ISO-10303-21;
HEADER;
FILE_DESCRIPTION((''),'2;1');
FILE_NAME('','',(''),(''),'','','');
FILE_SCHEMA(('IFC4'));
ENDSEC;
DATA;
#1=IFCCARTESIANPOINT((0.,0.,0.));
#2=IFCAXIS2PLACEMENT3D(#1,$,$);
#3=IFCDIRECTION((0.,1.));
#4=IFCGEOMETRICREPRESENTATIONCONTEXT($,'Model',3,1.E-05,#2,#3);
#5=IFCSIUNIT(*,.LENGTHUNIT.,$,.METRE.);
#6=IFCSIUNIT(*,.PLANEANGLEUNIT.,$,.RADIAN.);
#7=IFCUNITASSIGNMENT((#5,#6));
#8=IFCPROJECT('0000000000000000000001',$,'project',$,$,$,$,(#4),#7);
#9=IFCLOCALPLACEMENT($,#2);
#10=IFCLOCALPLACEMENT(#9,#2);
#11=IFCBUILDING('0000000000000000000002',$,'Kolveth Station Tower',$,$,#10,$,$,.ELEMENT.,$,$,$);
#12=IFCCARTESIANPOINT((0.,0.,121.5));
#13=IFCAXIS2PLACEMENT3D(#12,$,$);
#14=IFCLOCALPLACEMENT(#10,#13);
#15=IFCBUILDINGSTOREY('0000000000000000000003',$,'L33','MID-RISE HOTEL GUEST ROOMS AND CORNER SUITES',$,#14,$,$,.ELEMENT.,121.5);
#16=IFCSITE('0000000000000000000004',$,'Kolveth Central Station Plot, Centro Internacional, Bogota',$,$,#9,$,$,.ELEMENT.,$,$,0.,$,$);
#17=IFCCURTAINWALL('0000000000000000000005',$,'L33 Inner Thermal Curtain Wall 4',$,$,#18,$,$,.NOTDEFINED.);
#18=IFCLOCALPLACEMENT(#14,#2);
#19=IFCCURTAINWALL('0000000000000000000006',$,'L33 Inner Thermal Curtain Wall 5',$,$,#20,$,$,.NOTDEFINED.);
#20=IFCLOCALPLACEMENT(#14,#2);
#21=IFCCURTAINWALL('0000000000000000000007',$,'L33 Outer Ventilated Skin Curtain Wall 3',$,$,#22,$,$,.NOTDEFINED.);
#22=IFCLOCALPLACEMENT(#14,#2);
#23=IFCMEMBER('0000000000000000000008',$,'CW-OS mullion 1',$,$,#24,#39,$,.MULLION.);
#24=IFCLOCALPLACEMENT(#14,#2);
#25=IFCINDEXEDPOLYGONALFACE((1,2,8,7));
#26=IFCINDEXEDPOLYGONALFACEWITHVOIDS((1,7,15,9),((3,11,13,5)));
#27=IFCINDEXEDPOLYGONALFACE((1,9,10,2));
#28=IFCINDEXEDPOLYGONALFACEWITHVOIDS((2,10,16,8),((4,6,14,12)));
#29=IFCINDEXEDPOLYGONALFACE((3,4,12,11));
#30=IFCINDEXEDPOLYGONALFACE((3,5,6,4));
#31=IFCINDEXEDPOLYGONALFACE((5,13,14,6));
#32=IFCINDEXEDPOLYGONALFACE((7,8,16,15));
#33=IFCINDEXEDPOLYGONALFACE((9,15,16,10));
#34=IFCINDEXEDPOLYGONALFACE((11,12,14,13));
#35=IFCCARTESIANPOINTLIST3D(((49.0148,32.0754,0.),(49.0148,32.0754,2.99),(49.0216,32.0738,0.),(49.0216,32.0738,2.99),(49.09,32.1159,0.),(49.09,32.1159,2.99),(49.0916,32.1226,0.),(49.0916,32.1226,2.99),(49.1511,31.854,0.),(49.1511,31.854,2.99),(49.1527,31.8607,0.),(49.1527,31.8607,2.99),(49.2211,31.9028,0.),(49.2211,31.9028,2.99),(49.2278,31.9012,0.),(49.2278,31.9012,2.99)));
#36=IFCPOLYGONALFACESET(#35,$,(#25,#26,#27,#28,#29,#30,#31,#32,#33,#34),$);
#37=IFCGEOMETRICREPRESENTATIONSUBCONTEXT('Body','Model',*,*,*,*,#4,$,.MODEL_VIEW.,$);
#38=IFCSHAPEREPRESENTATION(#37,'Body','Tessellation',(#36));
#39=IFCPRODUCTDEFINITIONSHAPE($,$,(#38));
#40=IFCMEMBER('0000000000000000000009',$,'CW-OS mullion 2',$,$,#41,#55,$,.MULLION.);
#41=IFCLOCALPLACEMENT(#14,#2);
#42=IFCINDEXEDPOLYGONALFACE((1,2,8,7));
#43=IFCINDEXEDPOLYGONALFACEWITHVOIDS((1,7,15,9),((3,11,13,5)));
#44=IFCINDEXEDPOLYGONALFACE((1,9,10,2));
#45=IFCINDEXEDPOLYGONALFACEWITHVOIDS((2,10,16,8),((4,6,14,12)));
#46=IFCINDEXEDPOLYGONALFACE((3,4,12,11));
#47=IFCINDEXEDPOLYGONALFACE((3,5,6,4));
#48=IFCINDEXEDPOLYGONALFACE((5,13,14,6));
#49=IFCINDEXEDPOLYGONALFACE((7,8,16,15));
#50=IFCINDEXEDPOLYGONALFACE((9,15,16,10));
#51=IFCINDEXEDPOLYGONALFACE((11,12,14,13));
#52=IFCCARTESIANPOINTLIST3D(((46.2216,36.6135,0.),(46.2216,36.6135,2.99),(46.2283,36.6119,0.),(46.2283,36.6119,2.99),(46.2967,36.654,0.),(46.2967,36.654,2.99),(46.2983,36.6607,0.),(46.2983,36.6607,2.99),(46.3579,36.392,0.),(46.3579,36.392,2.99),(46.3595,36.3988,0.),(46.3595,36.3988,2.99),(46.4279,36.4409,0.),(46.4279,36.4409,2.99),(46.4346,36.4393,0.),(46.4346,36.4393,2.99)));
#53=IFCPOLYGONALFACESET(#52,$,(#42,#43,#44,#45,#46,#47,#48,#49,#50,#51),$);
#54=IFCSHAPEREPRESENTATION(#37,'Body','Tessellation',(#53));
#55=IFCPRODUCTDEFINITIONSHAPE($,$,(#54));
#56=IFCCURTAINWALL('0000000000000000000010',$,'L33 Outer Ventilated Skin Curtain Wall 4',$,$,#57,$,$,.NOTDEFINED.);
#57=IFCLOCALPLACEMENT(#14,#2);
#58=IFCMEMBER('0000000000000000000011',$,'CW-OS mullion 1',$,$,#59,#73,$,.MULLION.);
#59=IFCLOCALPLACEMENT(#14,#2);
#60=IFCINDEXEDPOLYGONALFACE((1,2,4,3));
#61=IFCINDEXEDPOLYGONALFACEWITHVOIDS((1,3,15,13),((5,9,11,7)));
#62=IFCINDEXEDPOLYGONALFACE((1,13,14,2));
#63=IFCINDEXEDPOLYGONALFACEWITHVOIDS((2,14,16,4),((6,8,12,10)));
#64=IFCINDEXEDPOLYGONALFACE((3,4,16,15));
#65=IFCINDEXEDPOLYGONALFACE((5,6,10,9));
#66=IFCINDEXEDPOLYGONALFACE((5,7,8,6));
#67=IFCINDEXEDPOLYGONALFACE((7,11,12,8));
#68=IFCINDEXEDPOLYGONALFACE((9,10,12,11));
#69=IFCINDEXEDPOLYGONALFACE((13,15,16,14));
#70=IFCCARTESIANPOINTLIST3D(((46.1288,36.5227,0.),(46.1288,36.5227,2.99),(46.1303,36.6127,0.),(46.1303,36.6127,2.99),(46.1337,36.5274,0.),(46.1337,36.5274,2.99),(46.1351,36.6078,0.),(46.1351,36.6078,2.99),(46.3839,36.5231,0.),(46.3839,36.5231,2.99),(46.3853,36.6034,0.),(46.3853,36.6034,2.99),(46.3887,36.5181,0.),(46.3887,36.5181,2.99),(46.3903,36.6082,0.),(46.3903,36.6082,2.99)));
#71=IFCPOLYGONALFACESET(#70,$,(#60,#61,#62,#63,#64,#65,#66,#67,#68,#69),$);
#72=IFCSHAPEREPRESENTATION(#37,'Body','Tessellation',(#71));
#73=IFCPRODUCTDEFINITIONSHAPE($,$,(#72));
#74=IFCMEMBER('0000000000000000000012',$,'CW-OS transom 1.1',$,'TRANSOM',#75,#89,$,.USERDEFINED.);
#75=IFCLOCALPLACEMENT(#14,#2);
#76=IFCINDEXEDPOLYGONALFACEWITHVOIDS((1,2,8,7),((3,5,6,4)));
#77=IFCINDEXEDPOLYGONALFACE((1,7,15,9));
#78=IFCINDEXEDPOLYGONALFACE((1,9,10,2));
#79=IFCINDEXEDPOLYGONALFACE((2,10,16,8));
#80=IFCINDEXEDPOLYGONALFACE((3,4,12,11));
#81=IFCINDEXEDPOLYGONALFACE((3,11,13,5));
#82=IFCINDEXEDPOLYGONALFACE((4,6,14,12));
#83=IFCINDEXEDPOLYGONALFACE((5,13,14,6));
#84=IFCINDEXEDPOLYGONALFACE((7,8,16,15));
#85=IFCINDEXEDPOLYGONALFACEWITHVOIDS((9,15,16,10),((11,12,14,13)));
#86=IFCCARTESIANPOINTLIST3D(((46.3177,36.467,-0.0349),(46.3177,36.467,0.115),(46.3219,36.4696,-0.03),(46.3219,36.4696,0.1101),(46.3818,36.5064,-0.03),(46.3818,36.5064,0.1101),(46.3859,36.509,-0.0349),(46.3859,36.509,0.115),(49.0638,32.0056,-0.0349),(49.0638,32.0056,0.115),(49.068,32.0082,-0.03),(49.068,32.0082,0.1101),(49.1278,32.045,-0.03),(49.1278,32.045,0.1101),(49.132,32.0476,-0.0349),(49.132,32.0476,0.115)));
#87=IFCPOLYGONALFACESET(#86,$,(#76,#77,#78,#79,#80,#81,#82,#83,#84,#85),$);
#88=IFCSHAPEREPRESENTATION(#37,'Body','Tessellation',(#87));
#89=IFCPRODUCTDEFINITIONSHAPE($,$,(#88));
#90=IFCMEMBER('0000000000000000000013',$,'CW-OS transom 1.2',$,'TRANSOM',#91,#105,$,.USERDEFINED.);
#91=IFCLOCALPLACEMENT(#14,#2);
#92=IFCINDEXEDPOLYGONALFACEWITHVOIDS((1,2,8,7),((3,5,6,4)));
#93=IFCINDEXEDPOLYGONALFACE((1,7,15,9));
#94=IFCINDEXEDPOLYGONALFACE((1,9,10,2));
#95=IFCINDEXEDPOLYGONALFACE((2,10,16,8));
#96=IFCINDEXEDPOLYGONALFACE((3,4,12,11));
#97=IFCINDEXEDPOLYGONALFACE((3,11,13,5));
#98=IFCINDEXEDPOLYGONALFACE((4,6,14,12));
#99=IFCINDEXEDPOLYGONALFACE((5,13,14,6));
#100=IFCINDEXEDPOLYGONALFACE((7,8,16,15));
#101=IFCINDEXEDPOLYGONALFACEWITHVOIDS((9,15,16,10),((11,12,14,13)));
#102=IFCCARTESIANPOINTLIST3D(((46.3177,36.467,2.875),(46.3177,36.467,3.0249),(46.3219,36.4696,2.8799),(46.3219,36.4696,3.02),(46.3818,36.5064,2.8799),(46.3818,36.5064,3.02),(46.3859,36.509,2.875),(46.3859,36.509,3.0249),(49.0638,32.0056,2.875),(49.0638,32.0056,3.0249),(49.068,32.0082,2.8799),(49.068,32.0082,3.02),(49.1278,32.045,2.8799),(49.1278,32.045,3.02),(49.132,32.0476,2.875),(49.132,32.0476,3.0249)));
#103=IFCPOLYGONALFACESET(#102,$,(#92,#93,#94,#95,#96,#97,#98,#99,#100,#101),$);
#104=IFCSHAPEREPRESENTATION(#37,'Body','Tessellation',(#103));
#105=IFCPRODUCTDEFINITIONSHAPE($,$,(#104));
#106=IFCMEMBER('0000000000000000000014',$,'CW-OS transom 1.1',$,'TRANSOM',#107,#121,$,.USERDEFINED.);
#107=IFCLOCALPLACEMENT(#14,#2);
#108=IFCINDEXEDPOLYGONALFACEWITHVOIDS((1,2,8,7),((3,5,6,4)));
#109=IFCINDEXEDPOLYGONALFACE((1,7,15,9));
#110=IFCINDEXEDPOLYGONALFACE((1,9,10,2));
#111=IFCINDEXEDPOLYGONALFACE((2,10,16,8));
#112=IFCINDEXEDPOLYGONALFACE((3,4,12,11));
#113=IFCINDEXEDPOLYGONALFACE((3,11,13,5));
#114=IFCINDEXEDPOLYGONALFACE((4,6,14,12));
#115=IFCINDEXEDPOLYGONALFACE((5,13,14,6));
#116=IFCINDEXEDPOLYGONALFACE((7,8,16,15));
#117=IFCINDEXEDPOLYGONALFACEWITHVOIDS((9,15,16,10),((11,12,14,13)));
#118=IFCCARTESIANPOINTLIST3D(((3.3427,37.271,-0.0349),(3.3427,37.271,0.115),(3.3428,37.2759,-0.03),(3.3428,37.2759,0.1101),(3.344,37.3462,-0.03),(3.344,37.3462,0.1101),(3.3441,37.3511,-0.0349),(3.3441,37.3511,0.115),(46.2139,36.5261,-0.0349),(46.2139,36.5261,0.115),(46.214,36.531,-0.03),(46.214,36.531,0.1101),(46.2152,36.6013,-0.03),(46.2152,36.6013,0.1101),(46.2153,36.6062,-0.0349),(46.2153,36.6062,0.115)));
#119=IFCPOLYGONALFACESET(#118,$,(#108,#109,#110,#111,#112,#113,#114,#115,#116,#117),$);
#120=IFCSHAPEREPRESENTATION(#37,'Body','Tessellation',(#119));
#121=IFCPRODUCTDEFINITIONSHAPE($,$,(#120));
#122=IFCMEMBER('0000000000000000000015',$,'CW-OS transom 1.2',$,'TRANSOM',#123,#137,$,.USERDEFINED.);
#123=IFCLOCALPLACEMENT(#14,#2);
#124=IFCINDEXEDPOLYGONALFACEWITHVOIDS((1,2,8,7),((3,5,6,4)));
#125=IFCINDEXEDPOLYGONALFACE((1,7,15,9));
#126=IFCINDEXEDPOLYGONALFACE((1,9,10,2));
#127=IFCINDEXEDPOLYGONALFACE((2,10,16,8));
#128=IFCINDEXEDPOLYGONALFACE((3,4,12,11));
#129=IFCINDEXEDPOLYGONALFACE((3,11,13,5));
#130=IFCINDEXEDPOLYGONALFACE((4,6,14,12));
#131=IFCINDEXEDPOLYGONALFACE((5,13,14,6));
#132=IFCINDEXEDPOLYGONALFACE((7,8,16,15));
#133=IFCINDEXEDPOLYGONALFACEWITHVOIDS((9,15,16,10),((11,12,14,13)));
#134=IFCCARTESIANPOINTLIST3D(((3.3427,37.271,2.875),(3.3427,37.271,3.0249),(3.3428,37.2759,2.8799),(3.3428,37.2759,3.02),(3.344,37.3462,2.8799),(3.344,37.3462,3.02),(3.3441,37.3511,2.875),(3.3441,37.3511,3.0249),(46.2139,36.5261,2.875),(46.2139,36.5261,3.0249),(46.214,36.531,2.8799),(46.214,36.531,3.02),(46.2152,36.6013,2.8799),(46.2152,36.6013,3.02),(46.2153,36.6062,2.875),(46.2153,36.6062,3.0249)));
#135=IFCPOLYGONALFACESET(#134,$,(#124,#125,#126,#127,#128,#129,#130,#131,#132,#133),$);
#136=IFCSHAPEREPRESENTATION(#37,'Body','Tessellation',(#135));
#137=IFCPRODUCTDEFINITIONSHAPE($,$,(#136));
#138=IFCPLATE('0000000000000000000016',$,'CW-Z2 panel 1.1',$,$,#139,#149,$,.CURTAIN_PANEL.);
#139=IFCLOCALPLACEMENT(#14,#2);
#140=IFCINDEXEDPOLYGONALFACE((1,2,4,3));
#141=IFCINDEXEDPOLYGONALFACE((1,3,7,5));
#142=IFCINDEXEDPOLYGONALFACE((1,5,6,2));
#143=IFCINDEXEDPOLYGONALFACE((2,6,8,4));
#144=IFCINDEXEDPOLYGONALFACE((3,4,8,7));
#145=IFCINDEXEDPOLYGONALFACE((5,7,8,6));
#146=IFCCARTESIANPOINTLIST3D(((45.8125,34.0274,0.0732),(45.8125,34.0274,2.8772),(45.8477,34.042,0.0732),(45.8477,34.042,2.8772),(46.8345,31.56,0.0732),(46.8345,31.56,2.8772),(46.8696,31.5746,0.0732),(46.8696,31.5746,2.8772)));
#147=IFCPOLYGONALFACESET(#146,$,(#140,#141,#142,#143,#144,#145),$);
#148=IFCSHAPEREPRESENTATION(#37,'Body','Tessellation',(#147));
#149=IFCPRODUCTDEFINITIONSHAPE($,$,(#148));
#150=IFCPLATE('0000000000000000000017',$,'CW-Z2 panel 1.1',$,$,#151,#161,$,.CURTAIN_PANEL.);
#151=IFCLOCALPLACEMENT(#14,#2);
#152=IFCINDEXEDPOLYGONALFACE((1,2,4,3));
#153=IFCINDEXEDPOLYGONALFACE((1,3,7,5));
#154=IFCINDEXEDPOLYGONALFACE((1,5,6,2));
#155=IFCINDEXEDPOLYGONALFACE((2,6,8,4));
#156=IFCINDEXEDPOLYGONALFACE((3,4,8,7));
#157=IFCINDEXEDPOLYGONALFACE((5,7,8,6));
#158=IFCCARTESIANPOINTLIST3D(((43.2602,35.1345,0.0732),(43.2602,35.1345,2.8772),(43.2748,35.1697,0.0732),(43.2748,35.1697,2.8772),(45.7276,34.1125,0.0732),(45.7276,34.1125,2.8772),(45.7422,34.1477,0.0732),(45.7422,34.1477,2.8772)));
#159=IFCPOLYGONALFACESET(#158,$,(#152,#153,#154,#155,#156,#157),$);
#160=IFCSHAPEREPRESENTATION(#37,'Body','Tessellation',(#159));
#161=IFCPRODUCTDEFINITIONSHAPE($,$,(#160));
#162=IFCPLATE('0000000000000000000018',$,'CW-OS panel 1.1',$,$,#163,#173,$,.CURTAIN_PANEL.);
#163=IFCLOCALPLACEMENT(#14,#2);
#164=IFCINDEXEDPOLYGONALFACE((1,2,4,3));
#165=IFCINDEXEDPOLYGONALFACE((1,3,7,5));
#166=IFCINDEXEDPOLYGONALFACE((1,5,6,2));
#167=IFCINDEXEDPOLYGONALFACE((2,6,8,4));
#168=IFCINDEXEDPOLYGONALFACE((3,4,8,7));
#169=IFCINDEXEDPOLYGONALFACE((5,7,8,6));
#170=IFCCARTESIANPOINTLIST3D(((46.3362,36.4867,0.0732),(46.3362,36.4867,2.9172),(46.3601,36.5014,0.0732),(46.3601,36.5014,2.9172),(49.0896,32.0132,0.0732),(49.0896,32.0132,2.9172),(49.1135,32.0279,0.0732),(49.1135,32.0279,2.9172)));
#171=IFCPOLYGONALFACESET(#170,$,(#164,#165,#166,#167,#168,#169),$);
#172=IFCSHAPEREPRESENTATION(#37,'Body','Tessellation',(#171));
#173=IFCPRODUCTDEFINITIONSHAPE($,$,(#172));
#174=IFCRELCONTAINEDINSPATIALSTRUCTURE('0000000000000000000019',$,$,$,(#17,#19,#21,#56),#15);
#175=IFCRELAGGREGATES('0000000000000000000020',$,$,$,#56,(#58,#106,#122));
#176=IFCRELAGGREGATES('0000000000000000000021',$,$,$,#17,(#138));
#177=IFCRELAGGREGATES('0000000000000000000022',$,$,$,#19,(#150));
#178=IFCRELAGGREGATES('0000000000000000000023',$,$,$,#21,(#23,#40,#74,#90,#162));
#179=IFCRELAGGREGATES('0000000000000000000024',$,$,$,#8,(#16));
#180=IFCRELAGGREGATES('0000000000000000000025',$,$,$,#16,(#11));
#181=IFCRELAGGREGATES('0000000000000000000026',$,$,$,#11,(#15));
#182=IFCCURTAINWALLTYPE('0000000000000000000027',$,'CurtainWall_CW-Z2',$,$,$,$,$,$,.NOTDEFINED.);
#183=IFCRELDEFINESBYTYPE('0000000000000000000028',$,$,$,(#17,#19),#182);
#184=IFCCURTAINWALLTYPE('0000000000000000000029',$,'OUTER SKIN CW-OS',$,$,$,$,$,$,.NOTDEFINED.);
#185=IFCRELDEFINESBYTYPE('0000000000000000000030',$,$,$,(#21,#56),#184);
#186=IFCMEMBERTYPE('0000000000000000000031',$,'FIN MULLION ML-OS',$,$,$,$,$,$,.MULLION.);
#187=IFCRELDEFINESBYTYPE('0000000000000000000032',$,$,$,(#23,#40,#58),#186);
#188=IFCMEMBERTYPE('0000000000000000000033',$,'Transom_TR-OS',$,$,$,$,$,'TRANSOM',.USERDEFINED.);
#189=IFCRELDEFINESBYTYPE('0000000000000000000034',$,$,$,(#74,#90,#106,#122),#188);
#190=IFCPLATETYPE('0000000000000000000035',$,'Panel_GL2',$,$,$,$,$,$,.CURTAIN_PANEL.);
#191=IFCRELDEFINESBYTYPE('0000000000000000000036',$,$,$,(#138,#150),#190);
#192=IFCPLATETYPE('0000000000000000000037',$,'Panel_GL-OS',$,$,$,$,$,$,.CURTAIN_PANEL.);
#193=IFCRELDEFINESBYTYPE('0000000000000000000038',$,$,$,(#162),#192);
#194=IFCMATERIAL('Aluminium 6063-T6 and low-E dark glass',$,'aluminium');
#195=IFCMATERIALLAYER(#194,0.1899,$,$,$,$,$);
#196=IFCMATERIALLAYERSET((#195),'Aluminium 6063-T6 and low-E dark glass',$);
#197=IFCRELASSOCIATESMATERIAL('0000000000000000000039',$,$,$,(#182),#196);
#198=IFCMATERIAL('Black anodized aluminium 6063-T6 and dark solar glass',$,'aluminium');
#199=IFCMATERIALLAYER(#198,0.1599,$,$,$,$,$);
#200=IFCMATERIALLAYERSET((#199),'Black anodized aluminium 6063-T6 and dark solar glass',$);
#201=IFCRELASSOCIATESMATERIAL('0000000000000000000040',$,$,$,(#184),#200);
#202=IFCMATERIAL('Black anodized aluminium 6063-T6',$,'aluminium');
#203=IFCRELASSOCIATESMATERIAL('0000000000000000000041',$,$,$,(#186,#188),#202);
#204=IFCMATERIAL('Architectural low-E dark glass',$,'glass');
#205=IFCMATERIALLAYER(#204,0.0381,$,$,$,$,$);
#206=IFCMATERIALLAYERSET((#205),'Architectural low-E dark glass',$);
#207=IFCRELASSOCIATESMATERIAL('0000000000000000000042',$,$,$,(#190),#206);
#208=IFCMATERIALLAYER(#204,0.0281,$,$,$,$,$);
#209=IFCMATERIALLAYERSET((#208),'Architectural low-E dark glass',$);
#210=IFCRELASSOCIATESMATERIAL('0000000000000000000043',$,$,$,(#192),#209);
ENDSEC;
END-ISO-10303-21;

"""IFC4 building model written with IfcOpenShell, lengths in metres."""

from ifc_helpers import new_model, si_unit, direction, frame, origin, origin_2d, place, context, subcontext, project, spatial, rectangle, hollow_rectangle, extrude, source, transform, mapped, material, layer, layer_set, material_profile, profile_set, type_object, element, aggregate, save


model = new_model("IFC4")

# Units and contexts
model_context = context("Model", 3, precision=1e-05, world=origin(), true_north=direction((0.0, 1.0)))
body_context = subcontext(model_context, "Body", "Model", "MODEL_VIEW")
ifc_project = project(units=[si_unit("LENGTHUNIT", "METRE"), si_unit("PLANEANGLEUNIT", "RADIAN")], contexts=[model_context])

# Site, building, storey
site_placement = place(None, origin())
site = spatial("IfcSite", under=ifc_project, at=site_placement, Name="Kolveth Central Station Plot, Centro Internacional, Bogota", CompositionType="ELEMENT", RefElevation=0.0)
building_placement = place(site_placement, origin())
building = spatial("IfcBuilding", under=site, at=building_placement, Name="Kolveth Station Tower", CompositionType="ELEMENT")
storey_placement = place(building_placement, frame((0.0, 0.0, 121.5)))
storey = spatial("IfcBuildingStorey", under=building, at=storey_placement, Name="L33", Description="MID-RISE HOTEL GUEST ROOMS AND CORNER SUITES", CompositionType="ELEMENT", Elevation=121.5)

# Curtain wall
ifc_material_1 = material(Name="Aluminium 6063-T6 and low-E dark glass", Category="aluminium")
ifc_layer_1 = layer(ifc_material_1, 0.1899)
ifc_layer_set_1 = layer_set([ifc_layer_1], Name="Aluminium 6063-T6 and low-E dark glass")
curtain_wall_type_1 = type_object("IfcCurtainWallType", Name="CurtainWall_CW-Z2", PredefinedType="NOTDEFINED", material=ifc_layer_set_1)
curtain_wall_1_placement = place(storey_placement, origin())
curtain_wall_1 = element("IfcCurtainWall", 1, at=curtain_wall_1_placement, inside=storey, type_object=curtain_wall_type_1, Name="L33 Inner Thermal Curtain Wall 4", PredefinedType="NOTDEFINED")
ifc_material_2 = material(Name="Black anodized aluminium 6063-T6", Category="aluminium")

# Curtain wall
curtain_wall_2_placement = place(storey_placement, origin())
curtain_wall_2 = element("IfcCurtainWall", 2, at=curtain_wall_2_placement, inside=storey, type_object=curtain_wall_type_1, Name="L33 Inner Thermal Curtain Wall 5", PredefinedType="NOTDEFINED")

# Shared definitions
ifc_material_3 = material(Name="Black anodized aluminium 6063-T6 and dark solar glass", Category="aluminium")
ifc_layer_2 = layer(ifc_material_3, 0.1599)
ifc_layer_set_2 = layer_set([ifc_layer_2], Name="Black anodized aluminium 6063-T6 and dark solar glass")
curtain_wall_type_2 = type_object("IfcCurtainWallType", Name="OUTER SKIN CW-OS", PredefinedType="NOTDEFINED", material=ifc_layer_set_2)
ifc_material_profile_1 = material_profile(ifc_material_2, hollow_rectangle(XDim=0.0901, YDim=0.26, WallThickness=0.0049, at=origin_2d()), Name="ALU-90x260x5")
ifc_profile_set_1 = profile_set([ifc_material_profile_1], Name="Black anodized aluminium 6063-T6")
member_type_1 = type_object("IfcMemberType", Name="FIN MULLION ML-OS", PredefinedType="MULLION", material=ifc_profile_set_1)
shared_shape_1 = source(origin(), body_context, "Body", "SweptSolid", [
    extrude(hollow_rectangle(XDim=0.0901, YDim=0.26, WallThickness=0.0049, at=origin_2d()), origin(), (0.0, 0.0, 1.0), 2.99),
])

# Curtain wall, members
curtain_wall_3_placement = place(storey_placement, origin())
curtain_wall_3 = element("IfcCurtainWall", 3, at=curtain_wall_3_placement, inside=storey, type_object=curtain_wall_type_2, Name="L33 Outer Ventilated Skin Curtain Wall 3", PredefinedType="NOTDEFINED")
member_1_placement = place(storey_placement, frame((49.1213, 31.9883, 0.0), z_axis=(0.0, 0.0, 1.0), x_axis=(-0.851615, -0.524167, 0.0)))
member_1 = element("IfcMember", 4, at=member_1_placement, type_object=member_type_1, Name="CW-OS mullion 1", PredefinedType="MULLION", context=body_context, shape_type="MappedRepresentation", body=[
    mapped(shared_shape_1, transform((0.0, 0.0, 0.0), x_axis=(1.0, 0.0, 0.0), y_axis=(0.0, 1.0, 0.0), z_axis=(0.0, 0.0, 1.0), scale=1.0)),
])
member_2_placement = place(storey_placement, frame((46.3281, 36.5264, 0.0), z_axis=(0.0, 0.0, 1.0), x_axis=(-0.851615, -0.524167, 0.0)))
member_2 = element("IfcMember", 5, at=member_2_placement, type_object=member_type_1, Name="CW-OS mullion 2", PredefinedType="MULLION", context=body_context, shape_type="MappedRepresentation", body=[
    mapped(shared_shape_1, transform((0.0, 0.0, 0.0), x_axis=(1.0, 0.0, 0.0), y_axis=(0.0, 1.0, 0.0), z_axis=(0.0, 0.0, 1.0), scale=1.0)),
])

# Curtain wall, member
curtain_wall_4_placement = place(storey_placement, origin())
curtain_wall_4 = element("IfcCurtainWall", 6, at=curtain_wall_4_placement, inside=storey, type_object=curtain_wall_type_2, Name="L33 Outer Ventilated Skin Curtain Wall 4", PredefinedType="NOTDEFINED")
member_3_placement = place(storey_placement, frame((46.2595, 36.5654, 0.0), z_axis=(0.0, 0.0, 1.0), x_axis=(-0.017367, -0.999849, 0.0)))
member_3 = element("IfcMember", 7, at=member_3_placement, type_object=member_type_1, Name="CW-OS mullion 1", PredefinedType="MULLION", context=body_context, shape_type="MappedRepresentation", body=[
    mapped(shared_shape_1, transform((0.0, 0.0, 0.0), x_axis=(1.0, 0.0, 0.0), y_axis=(0.0, 1.0, 0.0), z_axis=(0.0, 0.0, 1.0), scale=1.0)),
])

# Members
ifc_material_profile_2 = material_profile(ifc_material_2, hollow_rectangle(XDim=0.0801, YDim=0.1499, WallThickness=0.0049, at=origin_2d()), Name="ALU-80x150x5")
ifc_profile_set_2 = profile_set([ifc_material_profile_2], Name="Black anodized aluminium 6063-T6")
member_type_2 = type_object("IfcMemberType", Name="Transom_TR-OS", ElementType="TRANSOM", PredefinedType="USERDEFINED", material=ifc_profile_set_2)
shared_shape_2 = source(origin(), body_context, "Body", "SweptSolid", [
    extrude(hollow_rectangle(XDim=0.0801, YDim=0.1499, WallThickness=0.0049, at=origin_2d()), origin(), (0.0, 0.0, 1.0), 5.2388),
])
member_4_placement = place(storey_placement, frame((49.0979, 32.0266, 0.04), z_axis=(-0.524181, 0.851607, 0.0), x_axis=(-0.851607, -0.524181, 0.0)))
member_4 = element("IfcMember", 8, at=member_4_placement, type_object=member_type_2, Name="CW-OS transom 1.1", ObjectType="TRANSOM", PredefinedType="USERDEFINED", context=body_context, shape_type="MappedRepresentation", body=[
    mapped(shared_shape_2, transform((0.0, 0.0, 0.0), x_axis=(1.0, 0.0, 0.0), y_axis=(0.0, 1.0, 0.0), z_axis=(0.0, 0.0, 1.0), scale=1.0)),
])
member_5_placement = place(storey_placement, frame((49.0979, 32.0266, 2.95), z_axis=(-0.524181, 0.851607, 0.0), x_axis=(-0.851607, -0.524181, 0.0)))
member_5 = element("IfcMember", 9, at=member_5_placement, type_object=member_type_2, Name="CW-OS transom 1.2", ObjectType="TRANSOM", PredefinedType="USERDEFINED", context=body_context, shape_type="MappedRepresentation", body=[
    mapped(shared_shape_2, transform((0.0, 0.0, 0.0), x_axis=(1.0, 0.0, 0.0), y_axis=(0.0, 1.0, 0.0), z_axis=(0.0, 0.0, 1.0), scale=1.0)),
])
shared_shape_3 = source(origin(), body_context, "Body", "SweptSolid", [
    extrude(hollow_rectangle(XDim=0.0801, YDim=0.1499, WallThickness=0.0049, at=origin_2d()), origin(), (0.0, 0.0, 1.0), 42.8777),
])
member_6_placement = place(storey_placement, frame((46.2146, 36.5662, 0.04), z_axis=(-0.999849, 0.017372, 0.0), x_axis=(-0.017372, -0.999849, 0.0)))
member_6 = element("IfcMember", 10, at=member_6_placement, type_object=member_type_2, Name="CW-OS transom 1.1", ObjectType="TRANSOM", PredefinedType="USERDEFINED", context=body_context, shape_type="MappedRepresentation", body=[
    mapped(shared_shape_3, transform((0.0, 0.0, 0.0), x_axis=(1.0, 0.0, 0.0), y_axis=(0.0, 1.0, 0.0), z_axis=(0.0, 0.0, 1.0), scale=1.0)),
])
member_7_placement = place(storey_placement, frame((46.2146, 36.5662, 2.95), z_axis=(-0.999849, 0.017372, 0.0), x_axis=(-0.017372, -0.999849, 0.0)))
member_7 = element("IfcMember", 11, at=member_7_placement, type_object=member_type_2, Name="CW-OS transom 1.2", ObjectType="TRANSOM", PredefinedType="USERDEFINED", context=body_context, shape_type="MappedRepresentation", body=[
    mapped(shared_shape_3, transform((0.0, 0.0, 0.0), x_axis=(1.0, 0.0, 0.0), y_axis=(0.0, 1.0, 0.0), z_axis=(0.0, 0.0, 1.0), scale=1.0)),
])
aggregate(curtain_wall_4, [member_3, member_6, member_7])

# Plates
ifc_material_4 = material(Name="Architectural low-E dark glass", Category="glass")
ifc_layer_3 = layer(ifc_material_4, 0.0381)
ifc_layer_set_3 = layer_set([ifc_layer_3], Name="Architectural low-E dark glass")
plate_type_1 = type_object("IfcPlateType", Name="Panel_GL2", PredefinedType="CURTAIN_PANEL", material=ifc_layer_set_3)
shared_shape_4 = source(origin(), body_context, "Body", "SweptSolid", [
    extrude(rectangle(XDim=2.6707, YDim=0.0381, at=origin_2d()), origin(), (0.0, 0.0, 1.0), 2.804),
])
plate_1_placement = place(storey_placement, frame((46.3411, 32.801, 0.0732), z_axis=(0.0, 0.0, 1.0), x_axis=(-0.382663, 0.923888, 0.0)))
plate_1 = element("IfcPlate", 12, at=plate_1_placement, type_object=plate_type_1, Name="CW-Z2 panel 1.1", PredefinedType="CURTAIN_PANEL", context=body_context, shape_type="MappedRepresentation", body=[
    mapped(shared_shape_4, transform((0.0, 0.0, 0.0), x_axis=(1.0, 0.0, 0.0), y_axis=(0.0, 1.0, 0.0), z_axis=(0.0, 0.0, 1.0), scale=1.0)),
])
aggregate(curtain_wall_1, [plate_1])
plate_2_placement = place(storey_placement, frame((44.5012, 34.6411, 0.0732), z_axis=(0.0, 0.0, 1.0), x_axis=(-0.923888, 0.382663, 0.0)))
plate_2 = element("IfcPlate", 13, at=plate_2_placement, type_object=plate_type_1, Name="CW-Z2 panel 1.1", PredefinedType="CURTAIN_PANEL", context=body_context, shape_type="MappedRepresentation", body=[
    mapped(shared_shape_4, transform((0.0, 0.0, 0.0), x_axis=(1.0, 0.0, 0.0), y_axis=(0.0, 1.0, 0.0), z_axis=(0.0, 0.0, 1.0), scale=1.0)),
])
aggregate(curtain_wall_2, [plate_2])
ifc_layer_4 = layer(ifc_material_4, 0.0281)
ifc_layer_set_4 = layer_set([ifc_layer_4], Name="Architectural low-E dark glass")
plate_type_2 = type_object("IfcPlateType", Name="Panel_GL-OS", PredefinedType="CURTAIN_PANEL", material=ifc_layer_set_4)
shared_shape_5 = source(origin(), body_context, "Body", "SweptSolid", [
    extrude(rectangle(XDim=5.2529, YDim=0.0281, at=origin_2d()), origin(), (0.0, 0.0, 1.0), 2.844),
])
plate_3_placement = place(storey_placement, frame((47.7249, 34.2573, 0.0732), z_axis=(0.0, 0.0, 1.0), x_axis=(-0.524167, 0.851615, 0.0)))
plate_3 = element("IfcPlate", 14, at=plate_3_placement, type_object=plate_type_2, Name="CW-OS panel 1.1", PredefinedType="CURTAIN_PANEL", context=body_context, shape_type="MappedRepresentation", body=[
    mapped(shared_shape_5, transform((0.0, 0.0, 0.0), x_axis=(1.0, 0.0, 0.0), y_axis=(0.0, 1.0, 0.0), z_axis=(0.0, 0.0, 1.0), scale=1.0)),
])
aggregate(curtain_wall_3, [member_1, member_2, member_4, member_5, plate_3])

save(model, "model.ifc")
